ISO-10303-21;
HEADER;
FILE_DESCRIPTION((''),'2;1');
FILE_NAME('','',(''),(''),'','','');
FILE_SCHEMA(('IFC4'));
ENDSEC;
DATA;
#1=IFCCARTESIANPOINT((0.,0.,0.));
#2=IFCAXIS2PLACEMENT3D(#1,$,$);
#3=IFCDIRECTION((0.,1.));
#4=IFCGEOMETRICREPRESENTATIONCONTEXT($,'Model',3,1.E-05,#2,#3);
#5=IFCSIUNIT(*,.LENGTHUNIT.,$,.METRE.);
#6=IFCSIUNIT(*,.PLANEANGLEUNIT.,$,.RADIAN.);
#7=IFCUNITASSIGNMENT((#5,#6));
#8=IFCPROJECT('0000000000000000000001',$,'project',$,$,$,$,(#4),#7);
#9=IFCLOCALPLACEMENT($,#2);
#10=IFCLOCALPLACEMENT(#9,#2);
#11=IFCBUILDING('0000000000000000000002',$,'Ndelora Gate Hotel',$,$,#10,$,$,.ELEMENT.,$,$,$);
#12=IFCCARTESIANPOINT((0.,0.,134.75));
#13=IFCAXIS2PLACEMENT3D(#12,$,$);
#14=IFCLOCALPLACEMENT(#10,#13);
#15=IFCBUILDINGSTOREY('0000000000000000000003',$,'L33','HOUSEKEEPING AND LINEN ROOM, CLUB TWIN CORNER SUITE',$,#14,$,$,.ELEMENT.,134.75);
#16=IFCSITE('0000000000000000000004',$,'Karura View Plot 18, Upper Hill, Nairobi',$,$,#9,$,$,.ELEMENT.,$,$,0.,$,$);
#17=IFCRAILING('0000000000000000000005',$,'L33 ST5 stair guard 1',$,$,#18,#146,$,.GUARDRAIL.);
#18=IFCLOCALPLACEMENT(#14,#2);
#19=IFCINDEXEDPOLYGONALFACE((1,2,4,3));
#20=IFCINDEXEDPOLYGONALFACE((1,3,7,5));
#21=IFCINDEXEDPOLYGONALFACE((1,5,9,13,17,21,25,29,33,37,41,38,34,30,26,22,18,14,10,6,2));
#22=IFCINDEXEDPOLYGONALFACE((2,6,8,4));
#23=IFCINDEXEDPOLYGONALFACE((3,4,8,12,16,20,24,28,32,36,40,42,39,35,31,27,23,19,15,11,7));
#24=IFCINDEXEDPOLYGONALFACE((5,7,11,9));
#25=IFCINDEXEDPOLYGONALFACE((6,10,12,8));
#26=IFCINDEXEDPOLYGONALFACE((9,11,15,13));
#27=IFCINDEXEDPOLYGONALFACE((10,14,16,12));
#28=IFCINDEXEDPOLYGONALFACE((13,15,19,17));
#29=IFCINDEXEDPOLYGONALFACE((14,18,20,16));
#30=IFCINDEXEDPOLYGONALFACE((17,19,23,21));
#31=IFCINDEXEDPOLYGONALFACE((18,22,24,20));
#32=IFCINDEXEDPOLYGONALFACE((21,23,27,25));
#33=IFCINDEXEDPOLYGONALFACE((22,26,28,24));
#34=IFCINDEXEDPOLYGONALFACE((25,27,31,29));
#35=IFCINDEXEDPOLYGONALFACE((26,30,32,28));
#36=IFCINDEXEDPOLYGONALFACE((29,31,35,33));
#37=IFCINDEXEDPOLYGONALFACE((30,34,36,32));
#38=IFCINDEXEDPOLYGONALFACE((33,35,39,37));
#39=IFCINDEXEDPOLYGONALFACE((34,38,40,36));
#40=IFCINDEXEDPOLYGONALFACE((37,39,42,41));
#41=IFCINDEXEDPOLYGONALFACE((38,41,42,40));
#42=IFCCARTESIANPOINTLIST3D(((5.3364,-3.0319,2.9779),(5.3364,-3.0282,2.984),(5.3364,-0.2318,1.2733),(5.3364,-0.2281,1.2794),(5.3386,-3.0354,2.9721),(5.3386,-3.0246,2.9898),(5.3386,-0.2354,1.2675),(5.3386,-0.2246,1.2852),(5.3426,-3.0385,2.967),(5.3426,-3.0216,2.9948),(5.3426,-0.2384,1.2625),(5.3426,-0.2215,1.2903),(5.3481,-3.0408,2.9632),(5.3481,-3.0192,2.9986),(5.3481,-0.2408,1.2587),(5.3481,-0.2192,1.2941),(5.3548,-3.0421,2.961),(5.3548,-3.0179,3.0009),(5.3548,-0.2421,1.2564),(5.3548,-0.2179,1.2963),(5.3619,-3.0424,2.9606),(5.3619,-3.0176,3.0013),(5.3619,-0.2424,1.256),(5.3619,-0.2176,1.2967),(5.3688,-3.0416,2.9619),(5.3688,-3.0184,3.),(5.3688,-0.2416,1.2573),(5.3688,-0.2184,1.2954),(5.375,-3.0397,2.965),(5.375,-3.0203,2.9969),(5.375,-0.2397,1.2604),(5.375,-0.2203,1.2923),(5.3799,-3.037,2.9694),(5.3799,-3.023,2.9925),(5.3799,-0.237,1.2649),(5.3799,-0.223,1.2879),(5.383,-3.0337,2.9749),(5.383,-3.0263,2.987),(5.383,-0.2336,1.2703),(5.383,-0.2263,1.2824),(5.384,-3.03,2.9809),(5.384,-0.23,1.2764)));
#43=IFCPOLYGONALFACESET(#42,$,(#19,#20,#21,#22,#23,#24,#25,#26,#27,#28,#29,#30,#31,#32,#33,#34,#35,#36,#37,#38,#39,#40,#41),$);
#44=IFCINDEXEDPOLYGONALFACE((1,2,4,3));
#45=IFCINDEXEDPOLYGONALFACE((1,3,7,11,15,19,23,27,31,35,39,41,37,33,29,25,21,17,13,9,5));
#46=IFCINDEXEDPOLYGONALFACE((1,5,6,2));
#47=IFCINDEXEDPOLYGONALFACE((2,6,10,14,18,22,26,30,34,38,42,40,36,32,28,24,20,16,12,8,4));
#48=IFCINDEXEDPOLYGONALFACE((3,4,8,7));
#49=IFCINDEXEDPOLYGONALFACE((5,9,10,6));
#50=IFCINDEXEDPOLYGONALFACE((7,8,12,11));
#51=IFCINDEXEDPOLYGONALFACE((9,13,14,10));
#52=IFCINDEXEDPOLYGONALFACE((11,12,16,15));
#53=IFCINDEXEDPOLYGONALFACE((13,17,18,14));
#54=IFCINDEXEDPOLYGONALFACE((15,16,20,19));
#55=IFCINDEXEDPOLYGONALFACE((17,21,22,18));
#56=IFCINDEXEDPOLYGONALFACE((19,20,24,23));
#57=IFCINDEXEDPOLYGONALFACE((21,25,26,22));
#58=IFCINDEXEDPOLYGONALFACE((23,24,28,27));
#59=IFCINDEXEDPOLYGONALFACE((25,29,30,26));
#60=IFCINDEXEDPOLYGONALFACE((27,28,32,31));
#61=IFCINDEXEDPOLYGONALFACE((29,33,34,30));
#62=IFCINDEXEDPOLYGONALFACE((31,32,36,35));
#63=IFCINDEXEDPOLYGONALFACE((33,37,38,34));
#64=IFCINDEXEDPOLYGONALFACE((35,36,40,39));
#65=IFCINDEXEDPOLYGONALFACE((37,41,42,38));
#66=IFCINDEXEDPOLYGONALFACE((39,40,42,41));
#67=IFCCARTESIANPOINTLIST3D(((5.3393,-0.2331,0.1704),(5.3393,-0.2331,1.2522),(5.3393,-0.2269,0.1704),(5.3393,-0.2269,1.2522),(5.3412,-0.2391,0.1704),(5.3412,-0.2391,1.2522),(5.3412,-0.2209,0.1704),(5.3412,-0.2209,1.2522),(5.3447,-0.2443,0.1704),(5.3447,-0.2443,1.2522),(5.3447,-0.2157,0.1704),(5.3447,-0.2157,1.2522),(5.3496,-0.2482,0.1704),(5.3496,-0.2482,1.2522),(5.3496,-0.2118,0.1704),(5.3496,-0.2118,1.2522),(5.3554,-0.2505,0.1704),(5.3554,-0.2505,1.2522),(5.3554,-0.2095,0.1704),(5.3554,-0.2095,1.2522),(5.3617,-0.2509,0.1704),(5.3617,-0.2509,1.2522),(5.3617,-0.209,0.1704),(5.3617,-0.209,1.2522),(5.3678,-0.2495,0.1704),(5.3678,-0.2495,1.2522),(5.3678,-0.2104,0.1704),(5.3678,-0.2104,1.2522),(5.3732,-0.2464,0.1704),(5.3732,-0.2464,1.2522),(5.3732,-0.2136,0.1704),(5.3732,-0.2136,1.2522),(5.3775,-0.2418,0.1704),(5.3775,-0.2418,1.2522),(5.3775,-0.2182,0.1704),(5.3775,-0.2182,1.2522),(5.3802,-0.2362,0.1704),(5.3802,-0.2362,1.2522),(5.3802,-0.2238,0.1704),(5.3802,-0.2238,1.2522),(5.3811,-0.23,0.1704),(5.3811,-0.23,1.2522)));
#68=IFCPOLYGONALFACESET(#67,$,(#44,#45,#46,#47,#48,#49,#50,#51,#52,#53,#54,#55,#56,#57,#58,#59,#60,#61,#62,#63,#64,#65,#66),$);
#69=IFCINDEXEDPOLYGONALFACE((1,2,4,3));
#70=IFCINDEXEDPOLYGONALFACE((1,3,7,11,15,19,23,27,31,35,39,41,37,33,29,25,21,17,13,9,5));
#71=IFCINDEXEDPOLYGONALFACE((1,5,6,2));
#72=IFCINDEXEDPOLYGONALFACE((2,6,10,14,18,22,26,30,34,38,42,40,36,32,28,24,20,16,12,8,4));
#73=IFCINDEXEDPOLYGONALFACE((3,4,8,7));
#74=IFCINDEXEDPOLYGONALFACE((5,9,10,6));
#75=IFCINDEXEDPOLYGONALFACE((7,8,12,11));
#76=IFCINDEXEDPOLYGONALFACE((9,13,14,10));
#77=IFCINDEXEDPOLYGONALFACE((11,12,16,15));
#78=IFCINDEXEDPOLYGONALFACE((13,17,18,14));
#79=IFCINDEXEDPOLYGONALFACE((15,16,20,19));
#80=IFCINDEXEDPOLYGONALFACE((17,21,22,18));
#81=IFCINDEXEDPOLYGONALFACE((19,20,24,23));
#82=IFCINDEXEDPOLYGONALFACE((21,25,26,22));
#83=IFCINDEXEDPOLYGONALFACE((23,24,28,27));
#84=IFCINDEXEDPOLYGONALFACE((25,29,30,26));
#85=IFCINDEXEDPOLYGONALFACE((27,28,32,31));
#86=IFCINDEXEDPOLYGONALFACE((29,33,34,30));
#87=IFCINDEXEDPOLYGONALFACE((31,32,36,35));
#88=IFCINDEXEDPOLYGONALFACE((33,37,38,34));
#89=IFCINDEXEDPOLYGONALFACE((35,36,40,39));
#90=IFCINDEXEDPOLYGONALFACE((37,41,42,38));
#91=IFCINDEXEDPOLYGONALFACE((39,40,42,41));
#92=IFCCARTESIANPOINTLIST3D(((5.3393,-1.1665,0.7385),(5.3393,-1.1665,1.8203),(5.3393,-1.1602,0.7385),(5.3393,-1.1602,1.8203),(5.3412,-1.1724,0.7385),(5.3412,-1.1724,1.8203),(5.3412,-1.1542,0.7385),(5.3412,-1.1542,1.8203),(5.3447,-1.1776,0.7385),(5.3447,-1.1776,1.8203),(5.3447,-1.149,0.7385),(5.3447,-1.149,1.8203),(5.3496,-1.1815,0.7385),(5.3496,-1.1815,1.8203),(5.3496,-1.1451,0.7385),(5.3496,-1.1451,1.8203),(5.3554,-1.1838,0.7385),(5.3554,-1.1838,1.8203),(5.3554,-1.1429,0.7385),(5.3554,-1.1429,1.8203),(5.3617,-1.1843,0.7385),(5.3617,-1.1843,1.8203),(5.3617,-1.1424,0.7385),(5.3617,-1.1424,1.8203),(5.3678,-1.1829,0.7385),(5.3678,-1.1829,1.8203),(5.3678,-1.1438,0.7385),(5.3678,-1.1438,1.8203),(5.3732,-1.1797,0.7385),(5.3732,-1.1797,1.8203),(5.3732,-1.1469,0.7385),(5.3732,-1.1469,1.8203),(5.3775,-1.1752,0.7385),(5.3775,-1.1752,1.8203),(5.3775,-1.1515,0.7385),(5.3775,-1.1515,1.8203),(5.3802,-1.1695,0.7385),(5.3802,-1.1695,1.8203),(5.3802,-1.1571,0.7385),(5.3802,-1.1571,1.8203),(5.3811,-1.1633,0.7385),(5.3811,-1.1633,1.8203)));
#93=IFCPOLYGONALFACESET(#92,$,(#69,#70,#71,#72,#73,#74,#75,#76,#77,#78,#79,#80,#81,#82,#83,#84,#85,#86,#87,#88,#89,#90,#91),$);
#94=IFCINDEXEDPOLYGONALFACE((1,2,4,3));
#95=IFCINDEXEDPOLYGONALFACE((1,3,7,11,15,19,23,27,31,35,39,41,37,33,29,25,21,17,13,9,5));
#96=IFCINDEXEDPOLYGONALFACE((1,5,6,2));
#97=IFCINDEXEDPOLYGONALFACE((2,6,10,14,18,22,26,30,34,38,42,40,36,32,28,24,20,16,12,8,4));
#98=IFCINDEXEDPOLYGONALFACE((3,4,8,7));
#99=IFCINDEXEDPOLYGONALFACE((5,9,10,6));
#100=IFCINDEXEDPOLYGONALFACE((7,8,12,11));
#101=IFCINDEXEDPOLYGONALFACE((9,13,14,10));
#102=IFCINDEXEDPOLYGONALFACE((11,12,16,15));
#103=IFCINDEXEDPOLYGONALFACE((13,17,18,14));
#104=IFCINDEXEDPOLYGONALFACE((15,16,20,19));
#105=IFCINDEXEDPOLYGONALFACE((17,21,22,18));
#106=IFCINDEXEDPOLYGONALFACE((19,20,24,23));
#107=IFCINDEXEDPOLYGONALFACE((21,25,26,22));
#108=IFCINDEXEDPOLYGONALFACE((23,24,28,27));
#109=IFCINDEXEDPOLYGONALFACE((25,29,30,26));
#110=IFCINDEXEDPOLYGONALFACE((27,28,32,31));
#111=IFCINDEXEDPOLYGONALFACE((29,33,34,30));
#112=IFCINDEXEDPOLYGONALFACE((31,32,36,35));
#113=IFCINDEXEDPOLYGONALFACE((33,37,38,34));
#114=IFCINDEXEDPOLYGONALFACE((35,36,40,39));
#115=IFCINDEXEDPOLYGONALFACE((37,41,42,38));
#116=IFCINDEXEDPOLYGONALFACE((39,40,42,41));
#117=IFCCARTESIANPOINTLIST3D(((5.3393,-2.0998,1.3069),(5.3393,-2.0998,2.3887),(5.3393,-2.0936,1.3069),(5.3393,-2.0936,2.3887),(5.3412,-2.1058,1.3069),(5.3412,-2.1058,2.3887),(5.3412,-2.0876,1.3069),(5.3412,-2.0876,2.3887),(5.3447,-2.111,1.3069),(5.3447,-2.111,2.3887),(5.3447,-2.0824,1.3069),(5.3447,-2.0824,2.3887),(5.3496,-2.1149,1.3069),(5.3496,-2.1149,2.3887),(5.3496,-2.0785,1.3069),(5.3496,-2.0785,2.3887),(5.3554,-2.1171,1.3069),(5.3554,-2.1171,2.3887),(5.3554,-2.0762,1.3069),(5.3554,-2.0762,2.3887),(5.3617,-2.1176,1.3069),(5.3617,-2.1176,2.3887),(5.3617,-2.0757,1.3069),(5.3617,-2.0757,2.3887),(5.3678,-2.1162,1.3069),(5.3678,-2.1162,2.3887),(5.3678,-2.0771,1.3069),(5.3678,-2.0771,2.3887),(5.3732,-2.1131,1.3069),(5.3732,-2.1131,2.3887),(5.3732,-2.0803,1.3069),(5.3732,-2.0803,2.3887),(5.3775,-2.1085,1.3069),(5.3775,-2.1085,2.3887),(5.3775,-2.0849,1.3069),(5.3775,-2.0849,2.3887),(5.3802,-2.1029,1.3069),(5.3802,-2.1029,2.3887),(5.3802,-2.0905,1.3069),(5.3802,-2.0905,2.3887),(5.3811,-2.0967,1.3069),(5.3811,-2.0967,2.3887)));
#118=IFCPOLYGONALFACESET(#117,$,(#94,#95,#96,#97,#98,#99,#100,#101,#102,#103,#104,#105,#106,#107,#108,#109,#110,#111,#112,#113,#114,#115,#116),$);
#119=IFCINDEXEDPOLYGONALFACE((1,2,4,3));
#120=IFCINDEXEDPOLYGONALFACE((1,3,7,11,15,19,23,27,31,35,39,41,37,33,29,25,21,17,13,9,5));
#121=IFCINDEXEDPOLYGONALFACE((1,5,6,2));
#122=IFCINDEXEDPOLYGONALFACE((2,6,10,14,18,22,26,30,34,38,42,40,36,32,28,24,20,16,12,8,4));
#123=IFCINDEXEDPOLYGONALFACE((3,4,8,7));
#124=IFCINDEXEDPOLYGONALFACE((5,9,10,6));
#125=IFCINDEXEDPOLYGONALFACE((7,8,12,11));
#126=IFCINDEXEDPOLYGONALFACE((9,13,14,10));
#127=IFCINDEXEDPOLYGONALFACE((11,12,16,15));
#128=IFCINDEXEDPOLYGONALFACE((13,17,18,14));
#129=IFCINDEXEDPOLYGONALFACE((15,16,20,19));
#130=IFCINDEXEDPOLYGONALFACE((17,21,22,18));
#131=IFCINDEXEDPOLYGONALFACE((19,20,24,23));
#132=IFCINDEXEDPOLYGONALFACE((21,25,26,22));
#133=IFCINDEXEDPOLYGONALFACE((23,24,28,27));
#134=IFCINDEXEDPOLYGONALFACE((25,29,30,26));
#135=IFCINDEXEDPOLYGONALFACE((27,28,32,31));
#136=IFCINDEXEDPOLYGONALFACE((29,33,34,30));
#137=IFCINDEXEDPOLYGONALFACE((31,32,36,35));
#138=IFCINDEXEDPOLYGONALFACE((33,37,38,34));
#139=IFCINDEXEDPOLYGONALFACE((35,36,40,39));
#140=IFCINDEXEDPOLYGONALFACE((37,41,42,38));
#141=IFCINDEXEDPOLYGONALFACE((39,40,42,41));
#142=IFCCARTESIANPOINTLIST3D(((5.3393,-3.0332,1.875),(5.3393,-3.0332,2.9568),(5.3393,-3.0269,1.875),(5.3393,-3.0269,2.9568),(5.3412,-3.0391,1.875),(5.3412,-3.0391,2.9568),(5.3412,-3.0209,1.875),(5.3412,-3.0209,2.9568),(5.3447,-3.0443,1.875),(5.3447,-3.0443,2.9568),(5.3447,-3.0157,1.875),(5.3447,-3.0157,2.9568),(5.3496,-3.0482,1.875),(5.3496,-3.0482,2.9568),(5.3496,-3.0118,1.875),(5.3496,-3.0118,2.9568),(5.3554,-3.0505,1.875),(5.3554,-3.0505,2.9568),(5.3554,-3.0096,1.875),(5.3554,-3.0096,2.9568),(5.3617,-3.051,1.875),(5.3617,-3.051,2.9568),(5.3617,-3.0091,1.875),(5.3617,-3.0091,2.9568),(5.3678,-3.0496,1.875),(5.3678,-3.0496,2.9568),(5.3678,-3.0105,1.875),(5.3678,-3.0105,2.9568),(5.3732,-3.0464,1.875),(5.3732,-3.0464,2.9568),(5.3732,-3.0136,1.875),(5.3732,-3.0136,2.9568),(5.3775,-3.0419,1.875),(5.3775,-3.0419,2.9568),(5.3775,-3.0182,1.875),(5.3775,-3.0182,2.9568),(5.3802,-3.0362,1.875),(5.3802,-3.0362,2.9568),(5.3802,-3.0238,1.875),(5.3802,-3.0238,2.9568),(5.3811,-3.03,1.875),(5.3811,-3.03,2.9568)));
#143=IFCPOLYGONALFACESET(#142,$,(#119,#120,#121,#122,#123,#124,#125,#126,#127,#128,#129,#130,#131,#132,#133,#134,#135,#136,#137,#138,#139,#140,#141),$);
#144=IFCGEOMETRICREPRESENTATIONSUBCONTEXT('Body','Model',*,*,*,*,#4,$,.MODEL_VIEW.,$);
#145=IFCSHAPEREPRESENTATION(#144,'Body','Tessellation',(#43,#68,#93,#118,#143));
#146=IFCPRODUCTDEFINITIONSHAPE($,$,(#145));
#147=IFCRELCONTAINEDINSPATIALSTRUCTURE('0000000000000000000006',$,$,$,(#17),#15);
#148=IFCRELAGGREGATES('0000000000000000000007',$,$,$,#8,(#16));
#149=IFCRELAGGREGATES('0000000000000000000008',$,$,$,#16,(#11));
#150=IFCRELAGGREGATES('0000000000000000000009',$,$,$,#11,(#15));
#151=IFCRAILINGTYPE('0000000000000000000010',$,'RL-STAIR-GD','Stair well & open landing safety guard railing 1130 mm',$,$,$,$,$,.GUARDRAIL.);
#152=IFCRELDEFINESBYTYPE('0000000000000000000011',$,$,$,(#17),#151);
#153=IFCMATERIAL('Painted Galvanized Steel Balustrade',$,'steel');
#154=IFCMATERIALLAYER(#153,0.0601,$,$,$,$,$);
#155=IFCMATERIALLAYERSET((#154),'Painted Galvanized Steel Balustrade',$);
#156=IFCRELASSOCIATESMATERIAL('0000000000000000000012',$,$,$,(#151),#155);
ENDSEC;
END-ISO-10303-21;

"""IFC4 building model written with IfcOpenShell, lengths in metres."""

from ifc_helpers import new_model, si_unit, direction, frame, origin, origin_2d, place, context, subcontext, project, spatial, circle, extrude, material, layer, layer_set, type_object, element, save


model = new_model("IFC4")

# Units and contexts
model_context = context("Model", 3, precision=1e-05, world=origin(), true_north=direction((0.0, 1.0)))
body_context = subcontext(model_context, "Body", "Model", "MODEL_VIEW")
ifc_project = project(units=[si_unit("LENGTHUNIT", "METRE"), si_unit("PLANEANGLEUNIT", "RADIAN")], contexts=[model_context])

# Site, building, storey
site_placement = place(None, origin())
site = spatial("IfcSite", under=ifc_project, at=site_placement, Name="Karura View Plot 18, Upper Hill, Nairobi", CompositionType="ELEMENT", RefElevation=0.0)
building_placement = place(site_placement, origin())
building = spatial("IfcBuilding", under=site, at=building_placement, Name="Ndelora Gate Hotel", CompositionType="ELEMENT")
storey_placement = place(building_placement, frame((0.0, 0.0, 134.75)))
storey = spatial("IfcBuildingStorey", under=building, at=storey_placement, Name="L33", Description="HOUSEKEEPING AND LINEN ROOM, CLUB TWIN CORNER SUITE", CompositionType="ELEMENT", Elevation=134.75)

# Railing
ifc_material_1 = material(Name="Painted Galvanized Steel Balustrade", Category="steel")
ifc_layer_1 = layer(ifc_material_1, 0.0601)
ifc_layer_set_1 = layer_set([ifc_layer_1], Name="Painted Galvanized Steel Balustrade")
railing_type_1 = type_object("IfcRailingType", Name="RL-STAIR-GD", Description="Stair well & open landing safety guard railing 1130 mm", PredefinedType="GUARDRAIL", material=ifc_layer_set_1)
railing_1_placement = place(storey_placement, frame((5.3601, -0.23, 0.1704)))
element("IfcRailing", 1, at=railing_1_placement, inside=storey, type_object=railing_type_1, Name="L33 ST5 stair guard 1", PredefinedType="GUARDRAIL", context=body_context, shape_type="SweptSolid", body=[
    extrude(circle(Radius=0.0239, at=origin_2d()), frame((0.0, 0.0, 1.106), z_axis=(0.0, -0.85417, 0.519994), x_axis=(1.0, 0.0, 0.0)), (0.0, 0.0, 1.0), 3.2781),
    extrude(circle(Radius=0.021, at=origin_2d()), origin(), (0.0, 0.0, 1.0), 1.0818),
    extrude(circle(Radius=0.021, at=origin_2d()), frame((0.0, -0.9333, 0.5681)), (0.0, 0.0, 1.0), 1.0818),
    extrude(circle(Radius=0.021, at=origin_2d()), frame((0.0, -1.8667, 1.1365)), (0.0, 0.0, 1.0), 1.0818),
    extrude(circle(Radius=0.021, at=origin_2d()), frame((0.0, -2.8, 1.7046)), (0.0, 0.0, 1.0), 1.0818),
])

save(model, "model.ifc")
